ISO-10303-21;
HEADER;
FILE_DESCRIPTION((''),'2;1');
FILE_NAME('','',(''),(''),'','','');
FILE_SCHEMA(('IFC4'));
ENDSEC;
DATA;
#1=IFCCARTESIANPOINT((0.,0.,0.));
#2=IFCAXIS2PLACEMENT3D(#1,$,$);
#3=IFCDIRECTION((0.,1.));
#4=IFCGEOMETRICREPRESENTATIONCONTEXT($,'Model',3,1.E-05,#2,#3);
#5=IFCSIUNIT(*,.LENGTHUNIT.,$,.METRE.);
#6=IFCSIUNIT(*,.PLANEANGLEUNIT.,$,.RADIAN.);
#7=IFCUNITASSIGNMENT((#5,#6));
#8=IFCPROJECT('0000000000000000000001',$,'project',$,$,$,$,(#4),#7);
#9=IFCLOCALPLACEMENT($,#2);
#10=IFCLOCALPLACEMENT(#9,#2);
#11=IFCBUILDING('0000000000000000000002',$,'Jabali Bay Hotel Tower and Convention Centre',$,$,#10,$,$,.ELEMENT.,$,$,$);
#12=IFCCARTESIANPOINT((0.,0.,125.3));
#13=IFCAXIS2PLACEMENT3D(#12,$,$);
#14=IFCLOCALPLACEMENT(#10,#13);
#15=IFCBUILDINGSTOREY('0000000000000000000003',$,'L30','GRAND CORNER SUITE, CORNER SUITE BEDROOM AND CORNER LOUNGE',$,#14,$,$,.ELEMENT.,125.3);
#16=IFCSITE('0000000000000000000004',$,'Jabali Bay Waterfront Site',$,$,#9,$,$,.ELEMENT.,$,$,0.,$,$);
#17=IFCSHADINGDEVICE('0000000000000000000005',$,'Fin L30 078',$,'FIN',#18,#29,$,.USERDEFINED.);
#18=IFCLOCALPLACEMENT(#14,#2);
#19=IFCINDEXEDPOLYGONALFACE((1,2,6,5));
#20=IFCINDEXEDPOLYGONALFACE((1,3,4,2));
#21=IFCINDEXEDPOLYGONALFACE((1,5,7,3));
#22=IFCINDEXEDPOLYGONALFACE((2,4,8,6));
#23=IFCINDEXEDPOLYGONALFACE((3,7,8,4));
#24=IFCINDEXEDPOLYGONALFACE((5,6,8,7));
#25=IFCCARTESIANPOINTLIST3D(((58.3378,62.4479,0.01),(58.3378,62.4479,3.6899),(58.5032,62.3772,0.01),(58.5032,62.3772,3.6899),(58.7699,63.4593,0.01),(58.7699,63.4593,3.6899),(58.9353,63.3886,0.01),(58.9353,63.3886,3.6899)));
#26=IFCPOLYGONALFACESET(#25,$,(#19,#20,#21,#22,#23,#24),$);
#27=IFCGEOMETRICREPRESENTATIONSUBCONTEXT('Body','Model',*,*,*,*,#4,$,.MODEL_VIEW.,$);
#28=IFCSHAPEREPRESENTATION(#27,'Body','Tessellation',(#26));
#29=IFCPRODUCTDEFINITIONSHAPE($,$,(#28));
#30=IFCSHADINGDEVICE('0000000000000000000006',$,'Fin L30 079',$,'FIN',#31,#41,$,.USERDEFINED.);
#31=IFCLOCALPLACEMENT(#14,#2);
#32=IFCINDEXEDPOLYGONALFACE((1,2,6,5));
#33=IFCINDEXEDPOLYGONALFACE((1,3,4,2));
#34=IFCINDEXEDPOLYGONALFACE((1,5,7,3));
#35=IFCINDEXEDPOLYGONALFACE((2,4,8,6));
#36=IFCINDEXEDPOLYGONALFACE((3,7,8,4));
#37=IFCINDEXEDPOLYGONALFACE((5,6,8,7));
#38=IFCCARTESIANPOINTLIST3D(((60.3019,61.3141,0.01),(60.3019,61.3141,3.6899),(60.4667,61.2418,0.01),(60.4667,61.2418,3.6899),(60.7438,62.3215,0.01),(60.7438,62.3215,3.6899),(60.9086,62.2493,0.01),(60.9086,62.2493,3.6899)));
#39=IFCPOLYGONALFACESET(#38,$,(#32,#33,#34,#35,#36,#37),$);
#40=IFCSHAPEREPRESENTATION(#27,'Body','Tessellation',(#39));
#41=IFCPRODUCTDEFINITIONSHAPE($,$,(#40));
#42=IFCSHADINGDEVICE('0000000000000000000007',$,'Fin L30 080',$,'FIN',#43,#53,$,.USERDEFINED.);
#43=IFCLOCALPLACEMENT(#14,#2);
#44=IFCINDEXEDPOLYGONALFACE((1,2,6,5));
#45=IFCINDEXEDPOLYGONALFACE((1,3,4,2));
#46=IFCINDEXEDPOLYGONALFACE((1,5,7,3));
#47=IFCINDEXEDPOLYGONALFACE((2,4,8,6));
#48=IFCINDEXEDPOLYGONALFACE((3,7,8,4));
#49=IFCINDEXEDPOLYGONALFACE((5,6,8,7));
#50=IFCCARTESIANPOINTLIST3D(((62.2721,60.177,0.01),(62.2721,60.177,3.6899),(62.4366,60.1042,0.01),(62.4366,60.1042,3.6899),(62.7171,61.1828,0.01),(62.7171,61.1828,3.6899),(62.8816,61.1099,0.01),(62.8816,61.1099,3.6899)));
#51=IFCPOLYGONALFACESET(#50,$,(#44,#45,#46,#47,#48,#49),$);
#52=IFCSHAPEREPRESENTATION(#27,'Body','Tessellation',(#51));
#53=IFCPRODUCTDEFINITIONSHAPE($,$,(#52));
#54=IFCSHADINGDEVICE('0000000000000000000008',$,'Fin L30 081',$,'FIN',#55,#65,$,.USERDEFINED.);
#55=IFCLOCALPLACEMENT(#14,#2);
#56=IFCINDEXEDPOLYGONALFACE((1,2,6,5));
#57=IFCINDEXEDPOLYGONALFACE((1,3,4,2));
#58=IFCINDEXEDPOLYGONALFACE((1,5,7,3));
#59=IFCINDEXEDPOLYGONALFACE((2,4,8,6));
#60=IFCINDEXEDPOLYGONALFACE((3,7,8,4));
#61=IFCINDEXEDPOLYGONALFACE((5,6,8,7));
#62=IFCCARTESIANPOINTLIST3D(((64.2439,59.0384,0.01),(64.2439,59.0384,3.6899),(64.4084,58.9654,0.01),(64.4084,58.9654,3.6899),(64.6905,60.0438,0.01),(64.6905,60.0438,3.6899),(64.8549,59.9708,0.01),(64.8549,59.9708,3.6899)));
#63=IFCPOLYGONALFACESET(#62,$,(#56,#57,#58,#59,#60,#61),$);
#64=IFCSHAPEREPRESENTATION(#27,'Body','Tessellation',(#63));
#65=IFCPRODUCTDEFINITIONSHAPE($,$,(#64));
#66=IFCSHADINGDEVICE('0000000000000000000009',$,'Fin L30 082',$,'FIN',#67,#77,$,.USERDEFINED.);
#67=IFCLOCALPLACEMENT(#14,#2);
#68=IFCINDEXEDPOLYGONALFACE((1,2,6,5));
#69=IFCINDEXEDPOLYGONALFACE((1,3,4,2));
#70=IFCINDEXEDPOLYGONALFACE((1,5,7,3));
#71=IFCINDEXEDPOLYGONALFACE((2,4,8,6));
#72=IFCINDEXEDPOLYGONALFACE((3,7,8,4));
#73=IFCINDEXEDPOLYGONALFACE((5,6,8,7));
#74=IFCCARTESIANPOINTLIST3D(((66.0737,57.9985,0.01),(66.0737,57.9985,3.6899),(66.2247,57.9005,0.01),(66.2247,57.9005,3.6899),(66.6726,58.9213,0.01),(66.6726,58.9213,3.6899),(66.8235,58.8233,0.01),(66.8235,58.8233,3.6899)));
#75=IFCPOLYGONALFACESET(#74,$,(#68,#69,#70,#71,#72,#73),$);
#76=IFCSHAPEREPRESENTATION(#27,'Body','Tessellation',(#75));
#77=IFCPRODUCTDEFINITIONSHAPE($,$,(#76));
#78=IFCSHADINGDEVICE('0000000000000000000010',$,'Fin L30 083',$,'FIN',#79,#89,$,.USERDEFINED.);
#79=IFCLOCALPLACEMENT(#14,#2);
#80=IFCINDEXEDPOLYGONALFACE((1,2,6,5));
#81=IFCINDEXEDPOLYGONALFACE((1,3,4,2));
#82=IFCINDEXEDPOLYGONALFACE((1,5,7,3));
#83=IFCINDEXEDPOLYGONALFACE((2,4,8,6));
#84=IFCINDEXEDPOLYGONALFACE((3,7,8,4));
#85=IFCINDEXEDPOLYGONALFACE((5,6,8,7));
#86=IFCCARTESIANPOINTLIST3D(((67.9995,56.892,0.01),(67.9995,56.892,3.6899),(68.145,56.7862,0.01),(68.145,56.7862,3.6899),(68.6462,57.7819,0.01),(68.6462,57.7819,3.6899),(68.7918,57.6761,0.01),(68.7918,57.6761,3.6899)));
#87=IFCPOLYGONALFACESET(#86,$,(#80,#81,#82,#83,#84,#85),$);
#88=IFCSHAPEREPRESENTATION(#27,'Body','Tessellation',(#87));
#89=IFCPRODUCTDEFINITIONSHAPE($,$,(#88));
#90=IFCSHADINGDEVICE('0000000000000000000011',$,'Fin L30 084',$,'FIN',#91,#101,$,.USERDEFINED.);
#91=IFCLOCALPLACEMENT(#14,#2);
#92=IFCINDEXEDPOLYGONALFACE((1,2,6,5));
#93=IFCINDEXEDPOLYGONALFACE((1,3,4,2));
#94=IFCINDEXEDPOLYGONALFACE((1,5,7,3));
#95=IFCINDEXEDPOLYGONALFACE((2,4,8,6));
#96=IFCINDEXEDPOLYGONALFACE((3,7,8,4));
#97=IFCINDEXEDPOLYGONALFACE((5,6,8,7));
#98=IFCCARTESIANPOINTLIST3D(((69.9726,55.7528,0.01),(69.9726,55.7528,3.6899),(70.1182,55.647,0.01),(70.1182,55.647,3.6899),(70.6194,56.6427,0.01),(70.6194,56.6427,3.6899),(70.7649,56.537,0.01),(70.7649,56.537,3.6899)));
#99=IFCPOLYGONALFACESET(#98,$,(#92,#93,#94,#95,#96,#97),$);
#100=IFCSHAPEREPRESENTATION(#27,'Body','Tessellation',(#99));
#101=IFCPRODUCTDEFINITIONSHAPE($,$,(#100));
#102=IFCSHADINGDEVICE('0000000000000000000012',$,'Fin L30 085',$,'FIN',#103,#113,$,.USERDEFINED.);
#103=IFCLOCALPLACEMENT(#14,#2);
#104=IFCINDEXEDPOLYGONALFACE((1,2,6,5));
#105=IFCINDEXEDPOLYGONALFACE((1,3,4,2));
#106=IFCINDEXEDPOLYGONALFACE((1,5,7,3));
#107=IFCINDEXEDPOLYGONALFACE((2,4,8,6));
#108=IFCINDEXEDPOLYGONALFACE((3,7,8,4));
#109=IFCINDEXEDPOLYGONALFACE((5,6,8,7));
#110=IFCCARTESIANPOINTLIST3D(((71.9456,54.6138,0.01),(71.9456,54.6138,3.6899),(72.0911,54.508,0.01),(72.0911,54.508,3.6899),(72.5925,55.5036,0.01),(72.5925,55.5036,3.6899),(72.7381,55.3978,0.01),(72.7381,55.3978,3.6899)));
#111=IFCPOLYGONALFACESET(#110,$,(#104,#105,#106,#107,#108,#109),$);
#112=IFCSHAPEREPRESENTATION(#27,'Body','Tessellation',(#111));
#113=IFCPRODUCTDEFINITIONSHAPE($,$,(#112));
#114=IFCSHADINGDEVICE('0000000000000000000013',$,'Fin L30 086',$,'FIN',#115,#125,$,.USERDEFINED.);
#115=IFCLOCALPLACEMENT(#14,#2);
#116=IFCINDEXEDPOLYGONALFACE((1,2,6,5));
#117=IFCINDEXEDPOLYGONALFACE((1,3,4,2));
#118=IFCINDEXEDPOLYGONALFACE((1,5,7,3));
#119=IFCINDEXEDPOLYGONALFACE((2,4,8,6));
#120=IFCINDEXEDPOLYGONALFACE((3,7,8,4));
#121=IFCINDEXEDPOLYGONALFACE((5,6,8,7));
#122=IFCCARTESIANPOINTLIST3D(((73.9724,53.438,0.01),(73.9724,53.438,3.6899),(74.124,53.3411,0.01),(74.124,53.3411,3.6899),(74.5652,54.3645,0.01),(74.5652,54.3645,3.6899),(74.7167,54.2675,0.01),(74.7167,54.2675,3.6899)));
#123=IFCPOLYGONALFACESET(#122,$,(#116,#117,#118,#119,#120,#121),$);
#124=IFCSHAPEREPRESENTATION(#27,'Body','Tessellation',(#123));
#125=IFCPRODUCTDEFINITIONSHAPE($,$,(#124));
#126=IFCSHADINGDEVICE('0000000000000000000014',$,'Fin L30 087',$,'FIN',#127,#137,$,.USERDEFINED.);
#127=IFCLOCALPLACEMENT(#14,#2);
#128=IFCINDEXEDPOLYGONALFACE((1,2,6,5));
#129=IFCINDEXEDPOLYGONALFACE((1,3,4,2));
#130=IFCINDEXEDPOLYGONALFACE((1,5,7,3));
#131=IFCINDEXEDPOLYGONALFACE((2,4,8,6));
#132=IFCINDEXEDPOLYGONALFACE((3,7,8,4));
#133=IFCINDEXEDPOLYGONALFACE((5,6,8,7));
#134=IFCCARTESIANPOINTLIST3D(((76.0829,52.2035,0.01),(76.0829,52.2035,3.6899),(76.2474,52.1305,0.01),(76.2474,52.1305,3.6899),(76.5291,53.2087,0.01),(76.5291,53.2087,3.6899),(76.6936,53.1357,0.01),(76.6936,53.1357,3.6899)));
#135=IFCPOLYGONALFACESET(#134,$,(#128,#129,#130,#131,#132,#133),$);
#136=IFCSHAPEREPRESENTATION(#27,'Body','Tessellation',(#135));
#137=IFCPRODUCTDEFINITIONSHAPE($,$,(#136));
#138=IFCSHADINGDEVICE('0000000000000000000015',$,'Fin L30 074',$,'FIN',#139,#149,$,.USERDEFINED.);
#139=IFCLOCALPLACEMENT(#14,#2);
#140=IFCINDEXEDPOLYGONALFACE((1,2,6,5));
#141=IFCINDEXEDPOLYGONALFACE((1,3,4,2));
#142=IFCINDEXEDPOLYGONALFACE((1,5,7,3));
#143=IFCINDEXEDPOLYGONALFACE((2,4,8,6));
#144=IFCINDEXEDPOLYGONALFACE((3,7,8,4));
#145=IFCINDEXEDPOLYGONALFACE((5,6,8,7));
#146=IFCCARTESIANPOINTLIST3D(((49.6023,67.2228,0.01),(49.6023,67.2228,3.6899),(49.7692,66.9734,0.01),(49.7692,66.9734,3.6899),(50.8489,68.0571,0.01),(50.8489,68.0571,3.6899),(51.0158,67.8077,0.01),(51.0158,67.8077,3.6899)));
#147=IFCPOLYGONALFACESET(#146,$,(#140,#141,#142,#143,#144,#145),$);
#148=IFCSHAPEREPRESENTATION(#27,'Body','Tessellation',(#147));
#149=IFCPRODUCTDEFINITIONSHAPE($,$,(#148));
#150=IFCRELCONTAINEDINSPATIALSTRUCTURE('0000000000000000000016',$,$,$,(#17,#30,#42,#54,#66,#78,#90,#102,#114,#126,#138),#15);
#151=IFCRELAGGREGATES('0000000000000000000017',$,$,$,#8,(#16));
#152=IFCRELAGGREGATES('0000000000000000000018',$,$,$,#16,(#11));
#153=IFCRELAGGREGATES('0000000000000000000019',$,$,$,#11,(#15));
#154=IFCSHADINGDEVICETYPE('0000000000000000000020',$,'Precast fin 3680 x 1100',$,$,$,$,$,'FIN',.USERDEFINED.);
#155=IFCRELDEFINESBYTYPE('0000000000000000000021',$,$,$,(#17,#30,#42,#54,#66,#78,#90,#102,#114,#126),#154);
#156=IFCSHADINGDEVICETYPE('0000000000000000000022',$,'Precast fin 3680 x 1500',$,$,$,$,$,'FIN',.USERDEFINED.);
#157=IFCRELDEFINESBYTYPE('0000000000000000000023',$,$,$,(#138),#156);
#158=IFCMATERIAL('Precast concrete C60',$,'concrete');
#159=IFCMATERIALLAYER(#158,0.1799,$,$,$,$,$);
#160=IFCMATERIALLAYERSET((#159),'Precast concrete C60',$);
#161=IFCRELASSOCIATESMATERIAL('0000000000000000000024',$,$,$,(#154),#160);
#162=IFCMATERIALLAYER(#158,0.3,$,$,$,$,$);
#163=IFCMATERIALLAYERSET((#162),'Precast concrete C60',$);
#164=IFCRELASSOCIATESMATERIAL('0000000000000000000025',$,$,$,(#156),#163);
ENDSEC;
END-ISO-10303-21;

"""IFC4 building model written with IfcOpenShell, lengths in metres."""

from ifc_helpers import new_model, si_unit, direction, frame, frame_2d, origin, place, context, subcontext, project, spatial, rectangle, extrude, material, layer, layer_set, type_object, element, save


model = new_model("IFC4")

# Units and contexts
model_context = context("Model", 3, precision=1e-05, world=origin(), true_north=direction((0.0, 1.0)))
body_context = subcontext(model_context, "Body", "Model", "MODEL_VIEW")
ifc_project = project(units=[si_unit("LENGTHUNIT", "METRE"), si_unit("PLANEANGLEUNIT", "RADIAN")], contexts=[model_context])

# Site, building, storey
site_placement = place(None, origin())
site = spatial("IfcSite", under=ifc_project, at=site_placement, Name="Jabali Bay Waterfront Site", CompositionType="ELEMENT", RefElevation=0.0)
building_placement = place(site_placement, origin())
building = spatial("IfcBuilding", under=site, at=building_placement, Name="Jabali Bay Hotel Tower and Convention Centre", CompositionType="ELEMENT")
storey_placement = place(building_placement, frame((0.0, 0.0, 125.3)))
storey = spatial("IfcBuildingStorey", under=building, at=storey_placement, Name="L30", Description="GRAND CORNER SUITE, CORNER SUITE BEDROOM AND CORNER LOUNGE", CompositionType="ELEMENT", Elevation=125.3)

# Shading devices
ifc_material_1 = material(Name="Precast concrete C60", Category="concrete")
ifc_layer_1 = layer(ifc_material_1, 0.1799)
ifc_layer_set_1 = layer_set([ifc_layer_1], Name="Precast concrete C60")
shading_device_type_1 = type_object("IfcShadingDeviceType", Name="Precast fin 3680 x 1100", ElementType="FIN", PredefinedType="USERDEFINED", material=ifc_layer_set_1)
for number, where, z_axis, x_axis, name in (
    (1, (58.8525, 63.4238, 0.01), (0.0, 0.0, 1.0), (-0.392874, -0.919592, 0.0), "Fin L30 078"),
):
    element("IfcShadingDevice", number, at=place(storey_placement, frame(where, z_axis=z_axis, x_axis=x_axis)), inside=storey, type_object=shading_device_type_1, Name=name, ObjectType="FIN", PredefinedType="USERDEFINED", context=body_context, shape_type="SweptSolid", body=[
        extrude(rectangle(XDim=1.0999, YDim=0.1799, at=frame_2d((0.5498, 0.0))), origin(), (0.0, 0.0, 1.0), 3.6799),
    ])
shading_device_1_placement = place(storey_placement, frame((60.8262, 62.2854, 0.01), z_axis=(0.0, 0.0, 1.0), x_axis=(-0.401645, -0.915795, 0.0)))
element("IfcShadingDevice", 2, at=shading_device_1_placement, inside=storey, type_object=shading_device_type_1, Name="Fin L30 079", ObjectType="FIN", PredefinedType="USERDEFINED", context=body_context, shape_type="SweptSolid", body=[
    extrude(rectangle(XDim=1.1001, YDim=0.1799, at=frame_2d((0.55, 0.0))), origin(), (0.0, 0.0, 1.0), 3.6799),
])
shading_device_2_placement = place(storey_placement, frame((62.7993, 61.1462, 0.01), z_axis=(0.0, 0.0, 1.0), x_axis=(-0.404635, -0.914478, 0.0)))
element("IfcShadingDevice", 3, at=shading_device_2_placement, inside=storey, type_object=shading_device_type_1, Name="Fin L30 080", ObjectType="FIN", PredefinedType="USERDEFINED", context=body_context, shape_type="SweptSolid", body=[
    extrude(rectangle(XDim=1.0999, YDim=0.1799, at=frame_2d((0.5498, 0.0))), origin(), (0.0, 0.0, 1.0), 3.6799),
])
for number, where, z_axis, x_axis, name in (
    (4, (64.7727, 60.0073, 0.01), (0.0, 0.0, 1.0), (-0.405912, -0.913912, 0.0), "Fin L30 081"),
    (5, (66.748, 58.8723, 0.01), (0.0, 0.0, 1.0), (-0.544364, -0.838849, 0.0), "Fin L30 082"),
    (6, (68.719, 57.729, 0.01), (0.0, 0.0, 1.0), (-0.587895, -0.808938, 0.0), "Fin L30 083"),
    (7, (70.6921, 56.5898, 0.01), (0.0, 0.0, 1.0), (-0.587895, -0.808938, 0.0), "Fin L30 084"),
    (8, (72.6653, 55.4507, 0.01), (0.0, 0.0, 1.0), (-0.58804, -0.808832, 0.0), "Fin L30 085"),
):
    element("IfcShadingDevice", number, at=place(storey_placement, frame(where, z_axis=z_axis, x_axis=x_axis)), inside=storey, type_object=shading_device_type_1, Name=name, ObjectType="FIN", PredefinedType="USERDEFINED", context=body_context, shape_type="SweptSolid", body=[
        extrude(rectangle(XDim=1.1001, YDim=0.1799, at=frame_2d((0.55, 0.0))), origin(), (0.0, 0.0, 1.0), 3.6799),
    ])
for number, where, z_axis, x_axis, name in (
    (9, (74.6409, 54.3159, 0.01), (0.0, 0.0, 1.0), (-0.538928, -0.842352, 0.0), "Fin L30 086"),
    (10, (76.6113, 53.1721, 0.01), (0.0, 0.0, 1.0), (-0.405727, -0.913995, 0.0), "Fin L30 087"),
):
    element("IfcShadingDevice", number, at=place(storey_placement, frame(where, z_axis=z_axis, x_axis=x_axis)), inside=storey, type_object=shading_device_type_1, Name=name, ObjectType="FIN", PredefinedType="USERDEFINED", context=body_context, shape_type="SweptSolid", body=[
        extrude(rectangle(XDim=1.0999, YDim=0.1799, at=frame_2d((0.5498, 0.0))), origin(), (0.0, 0.0, 1.0), 3.6799),
    ])
ifc_layer_2 = layer(ifc_material_1, 0.3)
ifc_layer_set_2 = layer_set([ifc_layer_2], Name="Precast concrete C60")
shading_device_type_2 = type_object("IfcShadingDeviceType", Name="Precast fin 3680 x 1500", ElementType="FIN", PredefinedType="USERDEFINED", material=ifc_layer_set_2)
shading_device_3_placement = place(storey_placement, frame((50.9324, 67.9324, 0.01), z_axis=(0.0, 0.0, 1.0), x_axis=(-0.831072, -0.556164, 0.0)))
element("IfcShadingDevice", 11, at=shading_device_3_placement, inside=storey, type_object=shading_device_type_2, Name="Fin L30 074", ObjectType="FIN", PredefinedType="USERDEFINED", context=body_context, shape_type="SweptSolid", body=[
    extrude(rectangle(XDim=1.5, YDim=0.3, at=frame_2d((0.75, 0.0))), origin(), (0.0, 0.0, 1.0), 3.6799),
])

save(model, "model.ifc")
